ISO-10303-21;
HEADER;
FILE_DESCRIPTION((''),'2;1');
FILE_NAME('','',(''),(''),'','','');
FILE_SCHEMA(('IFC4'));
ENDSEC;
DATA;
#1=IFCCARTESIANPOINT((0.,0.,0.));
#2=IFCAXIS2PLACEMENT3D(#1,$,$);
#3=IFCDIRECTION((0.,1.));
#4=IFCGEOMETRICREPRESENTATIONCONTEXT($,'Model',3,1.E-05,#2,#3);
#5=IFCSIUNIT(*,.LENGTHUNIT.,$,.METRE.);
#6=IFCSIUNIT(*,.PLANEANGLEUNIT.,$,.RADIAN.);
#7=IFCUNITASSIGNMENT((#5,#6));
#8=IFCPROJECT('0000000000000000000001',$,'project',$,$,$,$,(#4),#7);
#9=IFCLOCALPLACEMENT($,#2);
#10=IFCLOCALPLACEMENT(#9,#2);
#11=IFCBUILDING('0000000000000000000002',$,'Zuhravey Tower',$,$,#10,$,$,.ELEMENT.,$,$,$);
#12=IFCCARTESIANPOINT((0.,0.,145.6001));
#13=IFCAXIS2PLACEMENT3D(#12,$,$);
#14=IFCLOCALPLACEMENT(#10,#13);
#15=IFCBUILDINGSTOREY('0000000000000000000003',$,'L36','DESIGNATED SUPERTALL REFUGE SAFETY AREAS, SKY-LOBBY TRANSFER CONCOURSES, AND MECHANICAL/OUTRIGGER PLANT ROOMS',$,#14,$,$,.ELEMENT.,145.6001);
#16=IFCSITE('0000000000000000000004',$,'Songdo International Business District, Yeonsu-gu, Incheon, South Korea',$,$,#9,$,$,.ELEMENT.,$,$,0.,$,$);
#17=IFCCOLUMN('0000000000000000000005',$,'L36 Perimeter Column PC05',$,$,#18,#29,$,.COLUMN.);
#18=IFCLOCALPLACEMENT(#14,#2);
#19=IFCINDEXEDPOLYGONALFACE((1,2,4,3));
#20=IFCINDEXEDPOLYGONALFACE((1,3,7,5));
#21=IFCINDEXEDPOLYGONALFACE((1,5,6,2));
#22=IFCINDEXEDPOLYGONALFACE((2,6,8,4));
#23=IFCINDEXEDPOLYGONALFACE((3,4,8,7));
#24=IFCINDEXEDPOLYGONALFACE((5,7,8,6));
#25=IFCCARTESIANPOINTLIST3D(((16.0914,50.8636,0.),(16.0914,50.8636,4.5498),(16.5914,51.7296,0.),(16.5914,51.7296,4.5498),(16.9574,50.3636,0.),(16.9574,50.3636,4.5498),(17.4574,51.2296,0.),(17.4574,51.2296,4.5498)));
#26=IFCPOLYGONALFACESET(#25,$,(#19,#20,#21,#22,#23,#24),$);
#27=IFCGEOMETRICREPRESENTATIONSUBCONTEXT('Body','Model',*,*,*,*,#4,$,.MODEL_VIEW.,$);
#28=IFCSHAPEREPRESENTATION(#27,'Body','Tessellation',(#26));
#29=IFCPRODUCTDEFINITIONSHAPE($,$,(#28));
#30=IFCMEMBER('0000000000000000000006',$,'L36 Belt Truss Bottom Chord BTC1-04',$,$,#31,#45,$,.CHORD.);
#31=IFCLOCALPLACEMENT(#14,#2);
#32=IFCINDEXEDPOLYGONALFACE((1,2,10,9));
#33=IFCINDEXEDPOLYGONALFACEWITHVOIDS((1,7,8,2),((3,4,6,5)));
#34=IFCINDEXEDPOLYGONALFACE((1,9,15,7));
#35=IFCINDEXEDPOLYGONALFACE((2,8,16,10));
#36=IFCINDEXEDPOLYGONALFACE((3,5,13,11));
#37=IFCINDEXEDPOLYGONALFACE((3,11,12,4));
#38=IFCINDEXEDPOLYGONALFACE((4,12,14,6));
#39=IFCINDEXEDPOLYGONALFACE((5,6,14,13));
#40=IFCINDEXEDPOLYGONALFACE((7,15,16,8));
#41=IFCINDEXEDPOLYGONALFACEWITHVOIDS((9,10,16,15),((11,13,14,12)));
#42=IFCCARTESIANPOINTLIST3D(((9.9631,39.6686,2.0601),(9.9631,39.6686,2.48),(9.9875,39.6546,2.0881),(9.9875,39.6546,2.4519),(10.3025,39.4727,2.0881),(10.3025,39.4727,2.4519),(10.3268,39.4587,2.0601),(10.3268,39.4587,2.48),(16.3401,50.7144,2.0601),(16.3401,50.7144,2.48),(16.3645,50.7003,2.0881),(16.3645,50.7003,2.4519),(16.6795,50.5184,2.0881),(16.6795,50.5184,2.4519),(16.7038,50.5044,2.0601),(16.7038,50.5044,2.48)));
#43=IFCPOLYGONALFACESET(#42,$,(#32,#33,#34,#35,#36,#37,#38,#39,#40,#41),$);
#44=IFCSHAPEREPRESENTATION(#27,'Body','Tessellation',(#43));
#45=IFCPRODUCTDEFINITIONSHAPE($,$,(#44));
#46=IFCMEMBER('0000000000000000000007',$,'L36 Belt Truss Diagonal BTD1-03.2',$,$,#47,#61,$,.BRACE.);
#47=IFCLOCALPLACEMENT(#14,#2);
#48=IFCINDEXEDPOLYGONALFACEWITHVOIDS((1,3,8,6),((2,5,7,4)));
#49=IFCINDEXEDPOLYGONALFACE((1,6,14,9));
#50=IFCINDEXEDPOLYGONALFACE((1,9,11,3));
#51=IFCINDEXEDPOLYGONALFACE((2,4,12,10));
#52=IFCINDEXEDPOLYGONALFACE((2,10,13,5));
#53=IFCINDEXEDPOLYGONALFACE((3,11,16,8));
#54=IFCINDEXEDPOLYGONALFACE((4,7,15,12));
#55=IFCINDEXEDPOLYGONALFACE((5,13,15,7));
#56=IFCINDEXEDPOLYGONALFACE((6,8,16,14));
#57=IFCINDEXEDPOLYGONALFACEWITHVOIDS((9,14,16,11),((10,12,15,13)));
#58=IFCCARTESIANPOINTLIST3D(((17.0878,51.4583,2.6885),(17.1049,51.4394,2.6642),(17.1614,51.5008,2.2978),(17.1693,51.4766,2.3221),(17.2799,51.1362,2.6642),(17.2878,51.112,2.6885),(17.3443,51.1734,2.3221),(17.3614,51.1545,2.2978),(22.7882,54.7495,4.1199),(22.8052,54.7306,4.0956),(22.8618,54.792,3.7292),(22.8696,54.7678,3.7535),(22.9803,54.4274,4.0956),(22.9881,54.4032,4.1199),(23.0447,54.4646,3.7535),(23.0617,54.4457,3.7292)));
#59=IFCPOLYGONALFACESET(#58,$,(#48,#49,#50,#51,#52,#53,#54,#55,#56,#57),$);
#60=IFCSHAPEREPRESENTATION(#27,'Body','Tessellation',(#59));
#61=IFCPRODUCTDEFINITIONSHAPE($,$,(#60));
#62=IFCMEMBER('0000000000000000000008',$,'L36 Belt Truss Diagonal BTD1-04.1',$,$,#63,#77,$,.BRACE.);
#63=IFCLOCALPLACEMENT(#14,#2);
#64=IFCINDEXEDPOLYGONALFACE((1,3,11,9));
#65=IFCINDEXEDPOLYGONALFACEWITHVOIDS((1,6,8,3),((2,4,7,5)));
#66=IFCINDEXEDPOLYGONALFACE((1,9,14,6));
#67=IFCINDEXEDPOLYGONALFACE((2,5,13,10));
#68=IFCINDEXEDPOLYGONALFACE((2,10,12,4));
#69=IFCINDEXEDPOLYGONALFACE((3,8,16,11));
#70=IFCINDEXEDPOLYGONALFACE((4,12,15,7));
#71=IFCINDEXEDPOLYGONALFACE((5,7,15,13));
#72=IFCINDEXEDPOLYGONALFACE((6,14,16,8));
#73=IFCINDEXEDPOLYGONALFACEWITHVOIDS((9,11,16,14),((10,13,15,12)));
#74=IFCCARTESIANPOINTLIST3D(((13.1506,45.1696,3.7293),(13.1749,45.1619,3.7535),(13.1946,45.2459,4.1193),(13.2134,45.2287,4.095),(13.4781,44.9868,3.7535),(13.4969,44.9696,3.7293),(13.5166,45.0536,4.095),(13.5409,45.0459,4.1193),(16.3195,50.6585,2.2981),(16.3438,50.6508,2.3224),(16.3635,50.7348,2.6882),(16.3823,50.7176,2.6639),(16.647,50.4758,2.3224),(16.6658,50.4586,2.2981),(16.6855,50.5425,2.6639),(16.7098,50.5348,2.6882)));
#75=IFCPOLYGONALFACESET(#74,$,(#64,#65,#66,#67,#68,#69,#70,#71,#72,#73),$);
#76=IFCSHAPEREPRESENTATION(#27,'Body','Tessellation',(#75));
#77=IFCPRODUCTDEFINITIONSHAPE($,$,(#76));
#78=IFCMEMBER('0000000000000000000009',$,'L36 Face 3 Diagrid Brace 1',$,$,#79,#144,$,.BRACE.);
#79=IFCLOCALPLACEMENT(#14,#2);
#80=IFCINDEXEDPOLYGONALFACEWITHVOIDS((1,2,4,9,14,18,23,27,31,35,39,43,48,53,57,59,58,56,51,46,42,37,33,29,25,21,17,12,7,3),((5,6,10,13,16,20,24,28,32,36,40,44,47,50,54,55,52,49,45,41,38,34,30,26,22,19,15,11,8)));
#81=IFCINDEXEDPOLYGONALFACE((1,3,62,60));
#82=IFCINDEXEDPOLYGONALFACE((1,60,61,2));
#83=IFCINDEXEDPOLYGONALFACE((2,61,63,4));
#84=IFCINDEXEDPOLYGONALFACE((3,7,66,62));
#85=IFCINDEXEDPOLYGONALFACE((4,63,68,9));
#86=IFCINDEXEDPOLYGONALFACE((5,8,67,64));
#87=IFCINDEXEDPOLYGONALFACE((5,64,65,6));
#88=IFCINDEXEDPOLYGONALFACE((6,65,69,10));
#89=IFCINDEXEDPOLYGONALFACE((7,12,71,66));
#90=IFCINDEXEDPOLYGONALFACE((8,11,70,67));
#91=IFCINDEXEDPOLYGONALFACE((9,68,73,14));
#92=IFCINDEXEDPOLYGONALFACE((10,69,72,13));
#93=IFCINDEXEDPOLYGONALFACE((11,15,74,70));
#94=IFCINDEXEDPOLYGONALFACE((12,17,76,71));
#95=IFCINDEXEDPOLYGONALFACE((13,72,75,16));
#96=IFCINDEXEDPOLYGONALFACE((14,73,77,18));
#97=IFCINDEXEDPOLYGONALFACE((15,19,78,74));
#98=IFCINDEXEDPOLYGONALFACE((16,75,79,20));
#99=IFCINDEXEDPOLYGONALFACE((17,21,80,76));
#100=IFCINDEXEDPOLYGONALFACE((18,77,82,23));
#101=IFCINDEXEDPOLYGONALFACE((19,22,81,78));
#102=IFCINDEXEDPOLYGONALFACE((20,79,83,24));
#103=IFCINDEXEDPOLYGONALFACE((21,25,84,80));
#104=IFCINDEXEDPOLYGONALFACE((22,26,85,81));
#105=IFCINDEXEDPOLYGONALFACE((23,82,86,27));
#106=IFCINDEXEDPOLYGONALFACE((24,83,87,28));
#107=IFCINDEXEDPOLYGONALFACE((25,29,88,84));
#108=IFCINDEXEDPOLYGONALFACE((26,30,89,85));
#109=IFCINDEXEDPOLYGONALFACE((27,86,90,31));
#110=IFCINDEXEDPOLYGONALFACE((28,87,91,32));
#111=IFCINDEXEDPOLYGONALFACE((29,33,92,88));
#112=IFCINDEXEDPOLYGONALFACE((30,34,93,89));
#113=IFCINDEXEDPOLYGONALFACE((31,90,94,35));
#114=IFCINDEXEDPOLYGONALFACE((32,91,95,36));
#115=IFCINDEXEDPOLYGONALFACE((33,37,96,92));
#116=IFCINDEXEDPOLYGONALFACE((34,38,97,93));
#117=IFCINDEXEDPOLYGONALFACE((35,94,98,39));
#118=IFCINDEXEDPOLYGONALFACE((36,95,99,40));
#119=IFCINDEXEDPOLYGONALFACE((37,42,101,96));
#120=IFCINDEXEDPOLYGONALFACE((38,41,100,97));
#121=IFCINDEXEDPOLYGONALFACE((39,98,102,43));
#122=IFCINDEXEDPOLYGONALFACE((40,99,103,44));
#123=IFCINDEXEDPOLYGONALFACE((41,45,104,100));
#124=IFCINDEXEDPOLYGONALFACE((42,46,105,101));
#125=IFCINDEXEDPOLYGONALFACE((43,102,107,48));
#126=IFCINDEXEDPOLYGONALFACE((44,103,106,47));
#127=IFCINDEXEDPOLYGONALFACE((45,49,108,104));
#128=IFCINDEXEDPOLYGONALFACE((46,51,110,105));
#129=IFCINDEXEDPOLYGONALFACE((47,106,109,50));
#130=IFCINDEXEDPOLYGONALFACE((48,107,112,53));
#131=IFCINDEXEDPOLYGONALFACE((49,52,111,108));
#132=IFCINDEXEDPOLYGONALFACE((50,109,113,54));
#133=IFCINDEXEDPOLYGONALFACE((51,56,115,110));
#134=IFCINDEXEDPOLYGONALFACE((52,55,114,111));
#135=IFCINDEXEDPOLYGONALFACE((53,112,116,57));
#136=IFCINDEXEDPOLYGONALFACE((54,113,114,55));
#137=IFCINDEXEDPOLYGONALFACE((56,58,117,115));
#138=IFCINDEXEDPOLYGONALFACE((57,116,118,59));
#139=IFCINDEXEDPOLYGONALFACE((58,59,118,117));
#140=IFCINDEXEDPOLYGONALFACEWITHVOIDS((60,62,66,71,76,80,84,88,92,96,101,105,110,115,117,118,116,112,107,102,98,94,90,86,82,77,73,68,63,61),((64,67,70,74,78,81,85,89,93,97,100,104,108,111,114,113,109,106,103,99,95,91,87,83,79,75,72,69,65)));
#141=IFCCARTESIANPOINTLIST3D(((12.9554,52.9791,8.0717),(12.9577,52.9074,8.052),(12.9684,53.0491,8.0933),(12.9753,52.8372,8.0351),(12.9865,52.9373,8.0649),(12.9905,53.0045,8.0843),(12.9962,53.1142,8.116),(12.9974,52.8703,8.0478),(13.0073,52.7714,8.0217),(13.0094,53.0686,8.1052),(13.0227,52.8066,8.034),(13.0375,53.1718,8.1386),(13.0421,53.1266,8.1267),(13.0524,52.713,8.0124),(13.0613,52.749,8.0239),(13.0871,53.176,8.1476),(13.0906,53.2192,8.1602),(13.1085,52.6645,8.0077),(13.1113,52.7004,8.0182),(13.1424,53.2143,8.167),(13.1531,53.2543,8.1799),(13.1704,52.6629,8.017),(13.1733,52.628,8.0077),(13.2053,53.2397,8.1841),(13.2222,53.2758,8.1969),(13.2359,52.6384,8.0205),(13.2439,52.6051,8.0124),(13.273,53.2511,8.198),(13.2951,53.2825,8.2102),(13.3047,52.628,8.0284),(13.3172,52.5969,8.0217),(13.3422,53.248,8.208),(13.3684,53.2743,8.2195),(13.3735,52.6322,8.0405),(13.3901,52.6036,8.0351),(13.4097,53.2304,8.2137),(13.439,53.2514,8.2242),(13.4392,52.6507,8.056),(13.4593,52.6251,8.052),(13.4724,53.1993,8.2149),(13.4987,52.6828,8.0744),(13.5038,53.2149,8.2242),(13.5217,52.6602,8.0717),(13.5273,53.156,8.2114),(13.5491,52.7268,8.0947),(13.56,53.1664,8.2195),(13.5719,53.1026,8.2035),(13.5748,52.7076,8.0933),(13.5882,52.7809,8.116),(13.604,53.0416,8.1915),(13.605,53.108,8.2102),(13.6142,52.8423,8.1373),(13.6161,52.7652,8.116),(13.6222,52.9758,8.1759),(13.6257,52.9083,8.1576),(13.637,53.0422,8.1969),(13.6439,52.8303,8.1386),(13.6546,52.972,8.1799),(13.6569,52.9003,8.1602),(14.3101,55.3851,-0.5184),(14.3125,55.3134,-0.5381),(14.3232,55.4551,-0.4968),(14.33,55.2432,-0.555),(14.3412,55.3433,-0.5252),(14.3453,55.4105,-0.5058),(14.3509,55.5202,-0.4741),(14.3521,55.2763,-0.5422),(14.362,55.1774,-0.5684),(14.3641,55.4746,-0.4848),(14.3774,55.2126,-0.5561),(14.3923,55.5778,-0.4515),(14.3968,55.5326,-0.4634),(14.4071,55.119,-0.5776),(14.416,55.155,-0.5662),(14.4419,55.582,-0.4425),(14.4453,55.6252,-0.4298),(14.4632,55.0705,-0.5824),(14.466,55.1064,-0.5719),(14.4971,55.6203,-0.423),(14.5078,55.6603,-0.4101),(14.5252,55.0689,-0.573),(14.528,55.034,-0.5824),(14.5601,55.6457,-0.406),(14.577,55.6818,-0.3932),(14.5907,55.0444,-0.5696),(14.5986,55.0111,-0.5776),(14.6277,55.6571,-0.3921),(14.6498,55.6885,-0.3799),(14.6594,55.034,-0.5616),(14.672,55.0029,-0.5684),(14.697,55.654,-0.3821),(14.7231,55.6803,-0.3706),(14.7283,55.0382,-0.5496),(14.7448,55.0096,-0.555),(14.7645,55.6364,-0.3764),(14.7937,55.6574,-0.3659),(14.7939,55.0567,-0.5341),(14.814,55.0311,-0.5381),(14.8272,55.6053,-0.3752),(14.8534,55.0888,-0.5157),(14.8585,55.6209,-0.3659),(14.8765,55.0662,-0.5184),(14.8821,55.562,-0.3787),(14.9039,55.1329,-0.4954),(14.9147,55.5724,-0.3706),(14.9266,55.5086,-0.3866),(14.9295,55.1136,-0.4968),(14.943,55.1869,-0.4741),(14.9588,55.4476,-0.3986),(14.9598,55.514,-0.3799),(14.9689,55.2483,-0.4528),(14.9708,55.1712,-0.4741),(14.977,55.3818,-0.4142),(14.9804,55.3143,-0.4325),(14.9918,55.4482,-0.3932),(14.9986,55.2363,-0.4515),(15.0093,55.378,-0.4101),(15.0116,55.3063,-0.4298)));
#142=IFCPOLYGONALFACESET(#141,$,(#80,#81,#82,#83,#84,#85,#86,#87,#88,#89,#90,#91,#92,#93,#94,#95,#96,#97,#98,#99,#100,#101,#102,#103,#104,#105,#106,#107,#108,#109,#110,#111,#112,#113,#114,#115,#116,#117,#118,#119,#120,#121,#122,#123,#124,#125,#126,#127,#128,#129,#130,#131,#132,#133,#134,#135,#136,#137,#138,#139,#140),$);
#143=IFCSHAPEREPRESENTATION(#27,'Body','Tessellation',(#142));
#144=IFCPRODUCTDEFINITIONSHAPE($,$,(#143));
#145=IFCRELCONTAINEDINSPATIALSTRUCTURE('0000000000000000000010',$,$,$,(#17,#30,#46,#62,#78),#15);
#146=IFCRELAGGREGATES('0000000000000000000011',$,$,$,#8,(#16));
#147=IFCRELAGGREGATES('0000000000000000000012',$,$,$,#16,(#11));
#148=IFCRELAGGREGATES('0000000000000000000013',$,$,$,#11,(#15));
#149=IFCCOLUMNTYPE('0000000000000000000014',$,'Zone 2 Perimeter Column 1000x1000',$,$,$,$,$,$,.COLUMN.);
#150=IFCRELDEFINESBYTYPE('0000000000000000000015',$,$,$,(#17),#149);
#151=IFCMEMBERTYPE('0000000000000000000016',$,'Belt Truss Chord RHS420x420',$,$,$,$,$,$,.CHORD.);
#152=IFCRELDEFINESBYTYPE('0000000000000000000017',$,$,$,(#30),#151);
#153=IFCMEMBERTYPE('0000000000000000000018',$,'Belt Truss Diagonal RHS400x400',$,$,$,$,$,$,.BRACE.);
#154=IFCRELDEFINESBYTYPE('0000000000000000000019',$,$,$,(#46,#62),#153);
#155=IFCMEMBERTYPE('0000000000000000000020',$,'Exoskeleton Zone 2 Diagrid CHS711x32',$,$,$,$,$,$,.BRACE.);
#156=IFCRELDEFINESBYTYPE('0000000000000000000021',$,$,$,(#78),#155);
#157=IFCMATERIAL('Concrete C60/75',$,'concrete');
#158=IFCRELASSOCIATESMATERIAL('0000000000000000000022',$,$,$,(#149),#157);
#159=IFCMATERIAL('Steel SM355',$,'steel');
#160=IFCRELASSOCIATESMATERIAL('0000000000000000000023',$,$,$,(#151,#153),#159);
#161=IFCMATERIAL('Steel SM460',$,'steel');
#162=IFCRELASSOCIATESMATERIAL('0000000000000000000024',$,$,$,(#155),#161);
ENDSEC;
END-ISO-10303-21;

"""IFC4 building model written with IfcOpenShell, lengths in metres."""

from ifc_helpers import new_model, si_unit, direction, frame, origin, origin_2d, place, context, subcontext, project, spatial, rectangle, hollow_rectangle, hollow_circle, extrude, material, material_profile, profile_set, type_object, element, save


model = new_model("IFC4")

# Units and contexts
model_context = context("Model", 3, precision=1e-05, world=origin(), true_north=direction((0.0, 1.0)))
body_context = subcontext(model_context, "Body", "Model", "MODEL_VIEW")
ifc_project = project(units=[si_unit("LENGTHUNIT", "METRE"), si_unit("PLANEANGLEUNIT", "RADIAN")], contexts=[model_context])

# Site, building, storey
site_placement = place(None, origin())
site = spatial("IfcSite", under=ifc_project, at=site_placement, Name="Songdo International Business District, Yeonsu-gu, Incheon, South Korea", CompositionType="ELEMENT", RefElevation=0.0)
building_placement = place(site_placement, origin())
building = spatial("IfcBuilding", under=site, at=building_placement, Name="Zuhravey Tower", CompositionType="ELEMENT")
storey_placement = place(building_placement, frame((0.0, 0.0, 145.6001)))
storey = spatial("IfcBuildingStorey", under=building, at=storey_placement, Name="L36", Description="DESIGNATED SUPERTALL REFUGE SAFETY AREAS, SKY-LOBBY TRANSFER CONCOURSES, AND MECHANICAL/OUTRIGGER PLANT ROOMS", CompositionType="ELEMENT", Elevation=145.6001)

# Column
ifc_material_1 = material(Name="Concrete C60/75", Category="concrete")
ifc_material_profile_1 = material_profile(ifc_material_1, rectangle(XDim=1.0, YDim=1.0, at=origin_2d()), Name="RC-1000x1000")
ifc_profile_set_1 = profile_set([ifc_material_profile_1], Name="Concrete C60/75")
column_type = type_object("IfcColumnType", Name="Zone 2 Perimeter Column 1000x1000", PredefinedType="COLUMN", material=ifc_profile_set_1)
column_placement = place(storey_placement, frame((16.7744, 51.0466, 0.0), z_axis=(0.0, 0.0, 1.0), x_axis=(-0.5, -0.866025, 0.0)))
element("IfcColumn", 1, at=column_placement, inside=storey, type_object=column_type, Name="L36 Perimeter Column PC05", PredefinedType="COLUMN", context=body_context, shape_type="SweptSolid", body=[
    extrude(rectangle(XDim=1.0, YDim=1.0, at=origin_2d()), origin(), (0.0, 0.0, 1.0), 4.5498),
])

# Members
ifc_material_2 = material(Name="Steel SM355", Category="steel")
ifc_material_profile_2 = material_profile(ifc_material_2, hollow_rectangle(XDim=0.4199, YDim=0.4199, WallThickness=0.0281, at=origin_2d()), Name="RHS-420x420x28")
ifc_profile_set_2 = profile_set([ifc_material_profile_2], Name="Steel SM355")
member_type_1 = type_object("IfcMemberType", Name="Belt Truss Chord RHS420x420", PredefinedType="CHORD", material=ifc_profile_set_2)
member_1_placement = place(storey_placement, frame((16.522, 50.6094, 2.27), z_axis=(-0.499985, -0.866034, 0.0), x_axis=(0.866034, -0.499985, 0.0)))
element("IfcMember", 2, at=member_1_placement, inside=storey, type_object=member_type_1, Name="L36 Belt Truss Bottom Chord BTC1-04", PredefinedType="CHORD", context=body_context, shape_type="SweptSolid", body=[
    extrude(hollow_rectangle(XDim=0.4199, YDim=0.4199, WallThickness=0.0281, at=origin_2d()), origin(), (0.0, 0.0, 1.0), 12.7544),
])
ifc_material_profile_3 = material_profile(ifc_material_2, hollow_rectangle(XDim=0.3999, YDim=0.3999, WallThickness=0.0249, at=origin_2d()), Name="RHS-400x400x25")
ifc_profile_set_3 = profile_set([ifc_material_profile_3], Name="Steel SM355")
member_type_2 = type_object("IfcMemberType", Name="Belt Truss Diagonal RHS400x400", PredefinedType="BRACE", material=ifc_profile_set_3)
member_2_placement = place(storey_placement, frame((17.2246, 51.3064, 2.4932), z_axis=(0.846241, 0.488593, 0.212493), x_axis=(-0.500012, 0.866018, 0.0)))
element("IfcMember", 3, at=member_2_placement, inside=storey, type_object=member_type_2, Name="L36 Belt Truss Diagonal BTD1-03.2", PredefinedType="BRACE", context=body_context, shape_type="SweptSolid", body=[
    extrude(hollow_rectangle(XDim=0.3999, YDim=0.3999, WallThickness=0.0249, at=origin_2d()), origin(), (0.0, 0.0, 1.0), 6.7361),
])
member_3_placement = place(storey_placement, frame((16.5146, 50.5967, 2.4932), z_axis=(-0.487705, -0.844767, 0.220256), x_axis=(0.866035, -0.499984, 0.0)))
element("IfcMember", 4, at=member_3_placement, inside=storey, type_object=member_type_2, Name="L36 Belt Truss Diagonal BTD1-04.1", PredefinedType="BRACE", context=body_context, shape_type="SweptSolid", body=[
    extrude(hollow_rectangle(XDim=0.3999, YDim=0.3999, WallThickness=0.0249, at=origin_2d()), origin(), (0.0, 0.0, 1.0), 6.4976),
])
ifc_material_3 = material(Name="Steel SM460", Category="steel")
ifc_material_profile_4 = material_profile(ifc_material_3, hollow_circle(Radius=0.3557, WallThickness=0.032, at=origin_2d()), Name="CHS-711.2x32")
ifc_profile_set_4 = profile_set([ifc_material_profile_4], Name="Steel SM460")
member_type_3 = type_object("IfcMemberType", Name="Exoskeleton Zone 2 Diagrid CHS711x32", PredefinedType="BRACE", material=ifc_profile_set_4)
member_4_placement = place(storey_placement, frame((14.6609, 55.3457, -0.4741), z_axis=(-0.150143, -0.266654, 0.952026), x_axis=(0.871365, -0.490635, 0.0)))
element("IfcMember", 5, at=member_4_placement, inside=storey, type_object=member_type_3, Name="L36 Face 3 Diagrid Brace 1", PredefinedType="BRACE", context=body_context, shape_type="SweptSolid", body=[
    extrude(hollow_circle(Radius=0.3557, WallThickness=0.032, at=origin_2d()), origin(), (0.0, 0.0, 1.0), 9.0229),
])

save(model, "model.ifc")
